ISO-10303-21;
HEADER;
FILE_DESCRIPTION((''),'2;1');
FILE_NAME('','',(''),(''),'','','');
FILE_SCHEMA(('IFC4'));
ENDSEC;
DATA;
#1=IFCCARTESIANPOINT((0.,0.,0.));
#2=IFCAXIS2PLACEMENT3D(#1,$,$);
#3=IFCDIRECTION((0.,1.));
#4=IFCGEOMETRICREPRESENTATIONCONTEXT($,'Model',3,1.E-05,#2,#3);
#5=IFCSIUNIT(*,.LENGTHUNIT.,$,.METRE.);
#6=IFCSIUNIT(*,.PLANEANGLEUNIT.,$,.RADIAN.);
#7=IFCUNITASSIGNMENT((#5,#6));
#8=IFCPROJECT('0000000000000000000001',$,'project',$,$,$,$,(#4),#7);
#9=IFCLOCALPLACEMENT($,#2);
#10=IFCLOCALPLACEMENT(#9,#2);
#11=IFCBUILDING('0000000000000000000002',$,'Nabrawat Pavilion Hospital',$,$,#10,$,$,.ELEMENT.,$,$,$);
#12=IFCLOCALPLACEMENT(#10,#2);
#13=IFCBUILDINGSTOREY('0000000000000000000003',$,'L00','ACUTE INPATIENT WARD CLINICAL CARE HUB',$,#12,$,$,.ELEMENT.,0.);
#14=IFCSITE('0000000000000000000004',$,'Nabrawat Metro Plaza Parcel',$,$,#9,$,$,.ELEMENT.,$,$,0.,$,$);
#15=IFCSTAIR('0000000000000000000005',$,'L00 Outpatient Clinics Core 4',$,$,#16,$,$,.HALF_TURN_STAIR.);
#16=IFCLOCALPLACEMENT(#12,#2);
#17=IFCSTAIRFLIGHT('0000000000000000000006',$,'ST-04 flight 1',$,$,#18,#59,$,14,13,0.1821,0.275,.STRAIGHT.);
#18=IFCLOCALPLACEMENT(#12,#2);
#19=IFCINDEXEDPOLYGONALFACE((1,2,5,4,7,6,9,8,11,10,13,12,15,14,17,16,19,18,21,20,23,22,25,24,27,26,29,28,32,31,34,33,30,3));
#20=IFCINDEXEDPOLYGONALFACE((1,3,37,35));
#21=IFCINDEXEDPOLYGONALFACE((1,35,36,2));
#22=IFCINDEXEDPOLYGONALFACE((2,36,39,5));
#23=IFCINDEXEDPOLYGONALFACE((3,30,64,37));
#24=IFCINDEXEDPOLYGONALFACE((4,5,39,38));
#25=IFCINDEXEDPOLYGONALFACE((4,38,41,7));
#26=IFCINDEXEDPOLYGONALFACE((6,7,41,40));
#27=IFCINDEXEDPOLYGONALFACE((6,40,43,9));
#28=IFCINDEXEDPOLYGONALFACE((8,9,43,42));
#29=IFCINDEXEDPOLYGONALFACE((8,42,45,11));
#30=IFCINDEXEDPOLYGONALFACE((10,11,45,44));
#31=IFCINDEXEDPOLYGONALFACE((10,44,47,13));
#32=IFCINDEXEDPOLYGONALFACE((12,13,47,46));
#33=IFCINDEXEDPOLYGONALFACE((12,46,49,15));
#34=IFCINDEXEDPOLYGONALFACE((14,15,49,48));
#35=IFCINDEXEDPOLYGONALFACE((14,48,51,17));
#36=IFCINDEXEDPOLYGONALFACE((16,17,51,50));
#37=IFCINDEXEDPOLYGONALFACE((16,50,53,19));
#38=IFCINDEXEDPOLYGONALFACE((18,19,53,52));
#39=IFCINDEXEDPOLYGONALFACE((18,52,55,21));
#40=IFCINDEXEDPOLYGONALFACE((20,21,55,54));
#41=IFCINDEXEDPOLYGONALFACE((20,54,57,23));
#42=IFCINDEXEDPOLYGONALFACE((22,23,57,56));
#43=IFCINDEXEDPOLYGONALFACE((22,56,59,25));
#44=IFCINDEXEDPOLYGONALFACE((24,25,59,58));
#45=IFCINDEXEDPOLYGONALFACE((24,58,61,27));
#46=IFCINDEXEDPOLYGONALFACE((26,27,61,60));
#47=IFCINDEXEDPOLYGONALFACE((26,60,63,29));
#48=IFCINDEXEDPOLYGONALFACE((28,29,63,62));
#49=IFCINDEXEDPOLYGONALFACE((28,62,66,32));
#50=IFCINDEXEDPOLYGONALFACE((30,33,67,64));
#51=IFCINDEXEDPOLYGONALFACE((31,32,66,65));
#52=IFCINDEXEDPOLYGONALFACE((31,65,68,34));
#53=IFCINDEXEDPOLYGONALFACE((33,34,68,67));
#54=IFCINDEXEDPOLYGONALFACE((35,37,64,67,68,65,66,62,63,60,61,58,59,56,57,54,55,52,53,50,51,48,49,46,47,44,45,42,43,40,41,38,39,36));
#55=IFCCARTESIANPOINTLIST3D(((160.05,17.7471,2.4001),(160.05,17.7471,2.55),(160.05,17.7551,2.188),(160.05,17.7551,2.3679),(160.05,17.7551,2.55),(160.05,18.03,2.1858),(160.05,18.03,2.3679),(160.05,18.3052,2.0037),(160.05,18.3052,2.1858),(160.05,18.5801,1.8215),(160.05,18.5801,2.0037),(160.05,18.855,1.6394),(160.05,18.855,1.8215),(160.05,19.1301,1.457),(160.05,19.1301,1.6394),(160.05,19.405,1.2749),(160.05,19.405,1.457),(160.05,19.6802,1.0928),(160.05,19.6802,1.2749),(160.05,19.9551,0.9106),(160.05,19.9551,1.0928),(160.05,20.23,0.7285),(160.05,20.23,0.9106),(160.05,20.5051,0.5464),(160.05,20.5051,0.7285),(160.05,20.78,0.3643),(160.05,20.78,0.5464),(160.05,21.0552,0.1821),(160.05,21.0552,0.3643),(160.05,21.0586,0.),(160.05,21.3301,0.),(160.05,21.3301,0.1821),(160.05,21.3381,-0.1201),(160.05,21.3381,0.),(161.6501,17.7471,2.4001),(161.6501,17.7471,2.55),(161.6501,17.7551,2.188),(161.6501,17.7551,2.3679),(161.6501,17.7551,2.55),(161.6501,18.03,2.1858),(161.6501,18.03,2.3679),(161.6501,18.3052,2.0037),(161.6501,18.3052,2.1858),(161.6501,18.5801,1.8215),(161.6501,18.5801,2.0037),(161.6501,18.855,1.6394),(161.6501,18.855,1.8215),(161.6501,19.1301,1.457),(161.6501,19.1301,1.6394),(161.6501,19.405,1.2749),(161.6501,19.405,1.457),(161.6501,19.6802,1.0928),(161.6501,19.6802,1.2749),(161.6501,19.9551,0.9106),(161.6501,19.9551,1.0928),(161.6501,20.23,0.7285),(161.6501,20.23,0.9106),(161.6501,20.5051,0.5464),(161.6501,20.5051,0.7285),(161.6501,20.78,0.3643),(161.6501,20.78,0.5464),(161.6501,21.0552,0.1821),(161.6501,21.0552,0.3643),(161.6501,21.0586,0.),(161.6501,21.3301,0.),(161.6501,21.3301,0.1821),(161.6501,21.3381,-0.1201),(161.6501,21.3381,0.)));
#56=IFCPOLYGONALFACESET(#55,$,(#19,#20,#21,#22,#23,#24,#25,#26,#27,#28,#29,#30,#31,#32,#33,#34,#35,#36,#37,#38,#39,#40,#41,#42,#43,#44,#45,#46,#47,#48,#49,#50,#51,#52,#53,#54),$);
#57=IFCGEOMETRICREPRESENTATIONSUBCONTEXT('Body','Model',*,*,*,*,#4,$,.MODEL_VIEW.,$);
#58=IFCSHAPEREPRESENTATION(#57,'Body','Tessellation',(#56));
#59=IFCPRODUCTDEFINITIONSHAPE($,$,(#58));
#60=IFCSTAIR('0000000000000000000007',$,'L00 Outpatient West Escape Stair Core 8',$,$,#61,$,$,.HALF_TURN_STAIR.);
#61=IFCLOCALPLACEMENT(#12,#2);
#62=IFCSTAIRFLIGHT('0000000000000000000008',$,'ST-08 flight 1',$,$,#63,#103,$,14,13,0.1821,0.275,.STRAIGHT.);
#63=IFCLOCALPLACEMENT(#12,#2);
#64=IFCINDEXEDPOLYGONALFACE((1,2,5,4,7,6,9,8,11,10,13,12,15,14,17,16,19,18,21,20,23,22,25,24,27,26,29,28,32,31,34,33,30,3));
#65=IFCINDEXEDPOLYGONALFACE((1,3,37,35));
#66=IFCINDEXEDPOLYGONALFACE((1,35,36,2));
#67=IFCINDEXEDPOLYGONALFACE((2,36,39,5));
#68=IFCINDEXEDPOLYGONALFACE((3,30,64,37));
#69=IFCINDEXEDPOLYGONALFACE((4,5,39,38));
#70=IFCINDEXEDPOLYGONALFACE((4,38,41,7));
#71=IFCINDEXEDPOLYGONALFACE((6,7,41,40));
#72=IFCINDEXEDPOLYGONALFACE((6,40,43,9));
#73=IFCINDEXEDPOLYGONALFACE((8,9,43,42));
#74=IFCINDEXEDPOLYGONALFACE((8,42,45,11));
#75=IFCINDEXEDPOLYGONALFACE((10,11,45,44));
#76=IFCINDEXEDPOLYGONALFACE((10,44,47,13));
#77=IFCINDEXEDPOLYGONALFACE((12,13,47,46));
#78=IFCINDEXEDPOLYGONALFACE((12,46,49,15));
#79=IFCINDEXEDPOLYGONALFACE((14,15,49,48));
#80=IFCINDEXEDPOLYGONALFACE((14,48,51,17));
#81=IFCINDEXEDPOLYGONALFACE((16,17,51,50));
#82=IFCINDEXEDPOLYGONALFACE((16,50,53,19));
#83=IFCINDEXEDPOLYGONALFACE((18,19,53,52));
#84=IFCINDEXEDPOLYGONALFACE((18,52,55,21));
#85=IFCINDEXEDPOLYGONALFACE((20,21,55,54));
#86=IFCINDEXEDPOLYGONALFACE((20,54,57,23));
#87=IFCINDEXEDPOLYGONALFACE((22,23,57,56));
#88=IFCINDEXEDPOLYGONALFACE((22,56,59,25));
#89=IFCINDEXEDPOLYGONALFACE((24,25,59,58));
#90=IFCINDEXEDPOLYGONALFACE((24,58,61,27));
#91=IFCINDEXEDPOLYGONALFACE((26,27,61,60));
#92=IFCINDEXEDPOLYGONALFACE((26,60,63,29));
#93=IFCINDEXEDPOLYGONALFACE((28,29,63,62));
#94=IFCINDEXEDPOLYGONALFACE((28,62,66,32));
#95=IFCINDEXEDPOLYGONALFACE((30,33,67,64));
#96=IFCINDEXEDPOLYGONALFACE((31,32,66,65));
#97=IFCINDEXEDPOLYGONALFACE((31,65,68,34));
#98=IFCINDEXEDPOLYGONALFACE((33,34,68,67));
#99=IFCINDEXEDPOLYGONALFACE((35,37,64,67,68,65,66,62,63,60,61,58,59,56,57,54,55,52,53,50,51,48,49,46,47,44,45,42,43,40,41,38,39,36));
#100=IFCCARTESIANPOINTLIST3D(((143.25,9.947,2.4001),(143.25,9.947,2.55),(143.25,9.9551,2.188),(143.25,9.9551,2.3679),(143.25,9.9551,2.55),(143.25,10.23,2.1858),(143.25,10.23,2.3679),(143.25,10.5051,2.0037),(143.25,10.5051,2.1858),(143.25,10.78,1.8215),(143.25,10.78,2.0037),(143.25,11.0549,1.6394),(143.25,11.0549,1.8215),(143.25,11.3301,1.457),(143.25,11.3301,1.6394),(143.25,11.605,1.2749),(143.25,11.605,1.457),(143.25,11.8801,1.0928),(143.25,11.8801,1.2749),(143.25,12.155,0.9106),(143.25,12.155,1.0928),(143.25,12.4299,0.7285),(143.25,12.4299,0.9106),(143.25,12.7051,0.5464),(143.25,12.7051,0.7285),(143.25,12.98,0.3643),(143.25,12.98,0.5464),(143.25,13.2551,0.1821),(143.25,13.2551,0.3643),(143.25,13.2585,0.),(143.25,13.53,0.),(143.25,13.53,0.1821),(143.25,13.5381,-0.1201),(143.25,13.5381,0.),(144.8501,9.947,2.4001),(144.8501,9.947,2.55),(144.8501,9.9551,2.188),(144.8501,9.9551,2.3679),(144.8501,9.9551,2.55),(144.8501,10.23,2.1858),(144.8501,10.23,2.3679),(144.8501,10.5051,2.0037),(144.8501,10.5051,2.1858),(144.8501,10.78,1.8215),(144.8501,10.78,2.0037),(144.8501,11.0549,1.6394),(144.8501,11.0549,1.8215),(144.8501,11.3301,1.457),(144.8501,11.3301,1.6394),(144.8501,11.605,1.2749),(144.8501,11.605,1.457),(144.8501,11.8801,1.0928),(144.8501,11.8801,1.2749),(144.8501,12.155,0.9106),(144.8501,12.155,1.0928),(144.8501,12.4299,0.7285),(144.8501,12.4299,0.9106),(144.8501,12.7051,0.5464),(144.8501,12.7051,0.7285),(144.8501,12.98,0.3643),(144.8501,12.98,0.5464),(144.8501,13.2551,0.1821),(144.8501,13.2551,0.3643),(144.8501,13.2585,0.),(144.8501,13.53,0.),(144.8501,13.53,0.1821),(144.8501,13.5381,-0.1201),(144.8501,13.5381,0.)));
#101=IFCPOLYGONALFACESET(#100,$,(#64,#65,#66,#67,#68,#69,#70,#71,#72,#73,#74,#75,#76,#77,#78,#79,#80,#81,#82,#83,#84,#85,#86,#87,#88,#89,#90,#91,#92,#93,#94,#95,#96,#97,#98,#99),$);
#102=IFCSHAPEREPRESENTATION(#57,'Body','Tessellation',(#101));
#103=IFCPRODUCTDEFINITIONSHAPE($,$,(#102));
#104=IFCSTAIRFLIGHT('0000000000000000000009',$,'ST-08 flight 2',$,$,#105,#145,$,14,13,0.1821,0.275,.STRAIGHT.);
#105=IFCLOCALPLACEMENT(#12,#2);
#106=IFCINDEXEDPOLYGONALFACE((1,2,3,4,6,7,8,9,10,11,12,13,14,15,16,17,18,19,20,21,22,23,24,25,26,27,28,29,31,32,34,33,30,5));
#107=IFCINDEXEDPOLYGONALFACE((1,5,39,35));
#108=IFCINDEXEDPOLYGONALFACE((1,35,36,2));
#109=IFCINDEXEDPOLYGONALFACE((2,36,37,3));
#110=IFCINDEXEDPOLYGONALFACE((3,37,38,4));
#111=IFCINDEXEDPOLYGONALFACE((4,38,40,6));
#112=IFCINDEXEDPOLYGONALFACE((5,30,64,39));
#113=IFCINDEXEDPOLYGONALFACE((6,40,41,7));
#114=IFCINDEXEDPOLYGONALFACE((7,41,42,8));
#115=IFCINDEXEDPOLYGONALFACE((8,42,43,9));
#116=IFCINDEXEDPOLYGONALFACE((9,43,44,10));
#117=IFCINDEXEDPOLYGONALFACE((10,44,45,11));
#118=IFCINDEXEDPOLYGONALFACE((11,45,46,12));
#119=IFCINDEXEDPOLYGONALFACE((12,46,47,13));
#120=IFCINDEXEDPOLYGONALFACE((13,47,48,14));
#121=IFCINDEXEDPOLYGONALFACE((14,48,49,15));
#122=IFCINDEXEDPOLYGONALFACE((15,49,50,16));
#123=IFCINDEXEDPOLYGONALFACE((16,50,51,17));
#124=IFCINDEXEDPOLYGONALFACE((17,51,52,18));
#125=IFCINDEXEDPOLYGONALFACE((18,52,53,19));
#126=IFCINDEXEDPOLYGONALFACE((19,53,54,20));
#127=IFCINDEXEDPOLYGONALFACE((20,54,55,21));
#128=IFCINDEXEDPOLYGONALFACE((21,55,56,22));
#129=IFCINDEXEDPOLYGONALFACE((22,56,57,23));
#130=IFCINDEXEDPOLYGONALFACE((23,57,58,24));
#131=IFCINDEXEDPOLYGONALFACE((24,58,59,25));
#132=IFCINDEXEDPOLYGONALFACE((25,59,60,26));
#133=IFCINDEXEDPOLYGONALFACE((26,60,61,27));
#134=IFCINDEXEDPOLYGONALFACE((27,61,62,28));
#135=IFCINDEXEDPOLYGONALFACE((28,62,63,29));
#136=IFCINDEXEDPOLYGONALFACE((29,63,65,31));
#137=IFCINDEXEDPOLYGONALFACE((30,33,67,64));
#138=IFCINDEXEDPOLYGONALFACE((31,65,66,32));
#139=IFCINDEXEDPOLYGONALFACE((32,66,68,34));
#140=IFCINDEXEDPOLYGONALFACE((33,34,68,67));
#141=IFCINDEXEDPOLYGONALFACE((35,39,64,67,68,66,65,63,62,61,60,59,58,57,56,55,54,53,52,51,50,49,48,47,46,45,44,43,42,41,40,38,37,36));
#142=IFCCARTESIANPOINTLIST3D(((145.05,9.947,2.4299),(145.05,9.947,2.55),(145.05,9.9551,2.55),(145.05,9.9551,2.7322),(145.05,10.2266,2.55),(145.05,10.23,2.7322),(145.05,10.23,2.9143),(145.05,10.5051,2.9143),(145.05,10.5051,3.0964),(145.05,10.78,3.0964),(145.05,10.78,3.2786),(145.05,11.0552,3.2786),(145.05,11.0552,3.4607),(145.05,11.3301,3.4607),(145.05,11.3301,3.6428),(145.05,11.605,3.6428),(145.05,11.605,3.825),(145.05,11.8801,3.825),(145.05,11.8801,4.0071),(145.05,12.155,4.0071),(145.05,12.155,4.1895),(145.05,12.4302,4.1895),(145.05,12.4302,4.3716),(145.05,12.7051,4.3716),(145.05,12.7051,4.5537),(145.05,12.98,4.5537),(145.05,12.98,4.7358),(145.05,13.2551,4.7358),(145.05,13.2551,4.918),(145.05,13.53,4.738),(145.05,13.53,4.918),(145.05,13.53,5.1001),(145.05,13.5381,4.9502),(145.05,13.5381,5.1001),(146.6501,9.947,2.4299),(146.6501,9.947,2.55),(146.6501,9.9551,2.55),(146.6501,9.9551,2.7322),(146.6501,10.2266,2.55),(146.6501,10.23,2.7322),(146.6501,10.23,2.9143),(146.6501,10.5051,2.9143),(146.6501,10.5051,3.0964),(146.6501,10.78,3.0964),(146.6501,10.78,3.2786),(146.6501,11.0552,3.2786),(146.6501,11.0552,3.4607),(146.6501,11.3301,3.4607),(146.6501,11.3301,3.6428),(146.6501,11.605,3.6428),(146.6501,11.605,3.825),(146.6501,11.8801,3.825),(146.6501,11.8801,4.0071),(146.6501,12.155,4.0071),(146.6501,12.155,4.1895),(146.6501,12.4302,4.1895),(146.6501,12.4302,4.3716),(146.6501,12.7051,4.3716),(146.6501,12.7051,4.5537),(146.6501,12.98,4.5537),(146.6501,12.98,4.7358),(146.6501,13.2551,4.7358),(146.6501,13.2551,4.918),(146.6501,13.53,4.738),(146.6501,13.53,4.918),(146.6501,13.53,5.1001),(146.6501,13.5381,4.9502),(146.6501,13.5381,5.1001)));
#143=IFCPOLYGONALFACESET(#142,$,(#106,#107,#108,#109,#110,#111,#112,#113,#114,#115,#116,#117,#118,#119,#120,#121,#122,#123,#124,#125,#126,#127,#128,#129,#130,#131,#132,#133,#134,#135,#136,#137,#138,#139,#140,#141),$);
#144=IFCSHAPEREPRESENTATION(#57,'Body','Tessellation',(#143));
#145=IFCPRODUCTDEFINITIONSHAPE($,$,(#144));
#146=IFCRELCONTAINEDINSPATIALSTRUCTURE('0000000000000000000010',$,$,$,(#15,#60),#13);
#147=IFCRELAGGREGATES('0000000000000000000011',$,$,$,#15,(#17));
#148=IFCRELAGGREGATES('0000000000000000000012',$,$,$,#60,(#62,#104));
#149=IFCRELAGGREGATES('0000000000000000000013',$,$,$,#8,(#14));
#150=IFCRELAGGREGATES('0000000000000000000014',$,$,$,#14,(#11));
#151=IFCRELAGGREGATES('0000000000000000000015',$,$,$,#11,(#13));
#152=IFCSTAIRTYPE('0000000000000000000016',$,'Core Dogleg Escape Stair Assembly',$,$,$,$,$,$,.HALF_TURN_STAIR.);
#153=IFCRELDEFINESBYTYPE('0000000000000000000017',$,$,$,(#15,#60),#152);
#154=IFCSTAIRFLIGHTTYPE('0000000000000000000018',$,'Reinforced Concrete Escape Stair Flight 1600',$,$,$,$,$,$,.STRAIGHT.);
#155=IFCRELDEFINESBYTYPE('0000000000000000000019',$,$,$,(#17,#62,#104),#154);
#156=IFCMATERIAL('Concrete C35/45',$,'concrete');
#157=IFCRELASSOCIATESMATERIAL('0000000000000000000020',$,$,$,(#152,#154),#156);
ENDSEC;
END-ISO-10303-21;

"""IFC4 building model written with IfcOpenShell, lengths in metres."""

from ifc_helpers import new_model, si_unit, direction, frame, origin, place, context, subcontext, project, spatial, polyline, outline, extrude, material, type_object, element, aggregate, save


model = new_model("IFC4")

# Units and contexts
model_context = context("Model", 3, precision=1e-05, world=origin(), true_north=direction((0.0, 1.0)))
body_context = subcontext(model_context, "Body", "Model", "MODEL_VIEW")
ifc_project = project(units=[si_unit("LENGTHUNIT", "METRE"), si_unit("PLANEANGLEUNIT", "RADIAN")], contexts=[model_context])

# Site, building, storey
site_placement = place(None, origin())
site = spatial("IfcSite", under=ifc_project, at=site_placement, Name="Nabrawat Metro Plaza Parcel", CompositionType="ELEMENT", RefElevation=0.0)
building_placement = place(site_placement, origin())
building = spatial("IfcBuilding", under=site, at=building_placement, Name="Nabrawat Pavilion Hospital", CompositionType="ELEMENT")
storey_placement = place(building_placement, origin())
storey = spatial("IfcBuildingStorey", under=building, at=storey_placement, Name="L00", Description="ACUTE INPATIENT WARD CLINICAL CARE HUB", CompositionType="ELEMENT", Elevation=0.0)

# Shared definitions
ifc_material_1 = material(Name="Concrete C35/45", Category="concrete")

# Stair, stair flight
stair_type = type_object("IfcStairType", Name="Core Dogleg Escape Stair Assembly", PredefinedType="HALF_TURN_STAIR", material=ifc_material_1)
stair_1_placement = place(storey_placement, origin())
stair_1 = element("IfcStair", 1, at=stair_1_placement, inside=storey, type_object=stair_type, Name="L00 Outpatient Clinics Core 4", PredefinedType="HALF_TURN_STAIR")
stair_flight_type = type_object("IfcStairFlightType", Name="Reinforced Concrete Escape Stair Flight 1600", PredefinedType="STRAIGHT", material=ifc_material_1)
stair_flight_1_placement = place(storey_placement, frame((160.8501, 21.3301, 0.0), z_axis=(0.0, 0.0, 1.0), x_axis=(0.0, -1.0, 0.0)))
stair_flight_1 = element("IfcStairFlight", 2, at=stair_flight_1_placement, type_object=stair_flight_type, Name="ST-04 flight 1", NumberOfRisers=14, NumberOfTreads=13, PredefinedType="STRAIGHT", RiserHeight=0.1821, TreadLength=0.275, context=body_context, shape_type="SweptSolid", body=[
    extrude(outline(polyline([(-0.0081, 0.0), (0.0, 0.0), (0.0, 0.1821), (0.2749, 0.1821), (0.2749, 0.3643), (0.55, 0.3643), (0.55, 0.5464), (0.825, 0.5464), (0.825, 0.7285), (1.1001, 0.7285), (1.1001, 0.9106), (1.375, 0.9106), (1.375, 1.0928), (1.6499, 1.0928), (1.6499, 1.2749), (1.925, 1.2749), (1.925, 1.457), (2.2, 1.457), (2.2, 1.6394), (2.4751, 1.6394), (2.4751, 1.8215), (2.75, 1.8215), (2.75, 2.0037), (3.0249, 2.0037), (3.0249, 2.1858), (3.3, 2.1858), (3.3, 2.3679), (3.575, 2.3679), (3.575, 2.55), (3.583, 2.55), (3.583, 2.4001), (3.575, 2.188), (0.2715, 0.0), (-0.0081, -0.1201), (-0.0081, 0.0)])), frame((0.0, 0.8, 0.0), z_axis=(0.0, -1.0, 0.0), x_axis=(1.0, 0.0, 0.0)), (0.0, 0.0, 1.0), 1.6001),
])
aggregate(stair_1, [stair_flight_1])

# Stair, stair flights
stair_2_placement = place(storey_placement, origin())
stair_2 = element("IfcStair", 3, at=stair_2_placement, inside=storey, type_object=stair_type, Name="L00 Outpatient West Escape Stair Core 8", PredefinedType="HALF_TURN_STAIR")
stair_flight_2_placement = place(storey_placement, frame((144.05, 13.53, 0.0), z_axis=(0.0, 0.0, 1.0), x_axis=(0.0, -1.0, 0.0)))
stair_flight_2 = element("IfcStairFlight", 4, at=stair_flight_2_placement, type_object=stair_flight_type, Name="ST-08 flight 1", NumberOfRisers=14, NumberOfTreads=13, PredefinedType="STRAIGHT", RiserHeight=0.1821, TreadLength=0.275, context=body_context, shape_type="SweptSolid", body=[
    extrude(outline(polyline([(-0.0081, 0.0), (0.0, 0.0), (0.0, 0.1821), (0.2749, 0.1821), (0.2749, 0.3643), (0.55, 0.3643), (0.55, 0.5464), (0.825, 0.5464), (0.825, 0.7285), (1.1001, 0.7285), (1.1001, 0.9106), (1.375, 0.9106), (1.375, 1.0928), (1.6499, 1.0928), (1.6499, 1.2749), (1.925, 1.2749), (1.925, 1.457), (2.2, 1.457), (2.2, 1.6394), (2.4751, 1.6394), (2.4751, 1.8215), (2.75, 1.8215), (2.75, 2.0037), (3.0249, 2.0037), (3.0249, 2.1858), (3.3, 2.1858), (3.3, 2.3679), (3.575, 2.3679), (3.575, 2.55), (3.583, 2.55), (3.583, 2.4001), (3.575, 2.188), (0.2715, 0.0), (-0.0081, -0.1201), (-0.0081, 0.0)])), frame((0.0, 0.8, 0.0), z_axis=(0.0, -1.0, 0.0), x_axis=(1.0, 0.0, 0.0)), (0.0, 0.0, 1.0), 1.6001),
])
stair_flight_3_placement = place(storey_placement, frame((145.8501, 9.9551, 2.55), z_axis=(0.0, 0.0, 1.0), x_axis=(0.0, 1.0, 0.0)))
stair_flight_3 = element("IfcStairFlight", 5, at=stair_flight_3_placement, type_object=stair_flight_type, Name="ST-08 flight 2", NumberOfRisers=14, NumberOfTreads=13, PredefinedType="STRAIGHT", RiserHeight=0.1821, TreadLength=0.275, context=body_context, shape_type="SweptSolid", body=[
    extrude(outline(polyline([(-0.0081, 0.0), (0.0, 0.0), (0.0, 0.1821), (0.2749, 0.1821), (0.2749, 0.3643), (0.55, 0.3643), (0.55, 0.5464), (0.825, 0.5464), (0.825, 0.7285), (1.1001, 0.7285), (1.1001, 0.9106), (1.375, 0.9106), (1.375, 1.0928), (1.6499, 1.0928), (1.6499, 1.2749), (1.925, 1.2749), (1.925, 1.457), (2.2, 1.457), (2.2, 1.6394), (2.4751, 1.6394), (2.4751, 1.8215), (2.75, 1.8215), (2.75, 2.0037), (3.0249, 2.0037), (3.0249, 2.1858), (3.3, 2.1858), (3.3, 2.3679), (3.575, 2.3679), (3.575, 2.55), (3.583, 2.55), (3.583, 2.4001), (3.575, 2.188), (0.2715, 0.0), (-0.0081, -0.1201), (-0.0081, 0.0)])), frame((0.0, 0.8, 0.0), z_axis=(0.0, -1.0, 0.0), x_axis=(1.0, 0.0, 0.0)), (0.0, 0.0, 1.0), 1.6001),
])
aggregate(stair_2, [stair_flight_2, stair_flight_3])

save(model, "model.ifc")
